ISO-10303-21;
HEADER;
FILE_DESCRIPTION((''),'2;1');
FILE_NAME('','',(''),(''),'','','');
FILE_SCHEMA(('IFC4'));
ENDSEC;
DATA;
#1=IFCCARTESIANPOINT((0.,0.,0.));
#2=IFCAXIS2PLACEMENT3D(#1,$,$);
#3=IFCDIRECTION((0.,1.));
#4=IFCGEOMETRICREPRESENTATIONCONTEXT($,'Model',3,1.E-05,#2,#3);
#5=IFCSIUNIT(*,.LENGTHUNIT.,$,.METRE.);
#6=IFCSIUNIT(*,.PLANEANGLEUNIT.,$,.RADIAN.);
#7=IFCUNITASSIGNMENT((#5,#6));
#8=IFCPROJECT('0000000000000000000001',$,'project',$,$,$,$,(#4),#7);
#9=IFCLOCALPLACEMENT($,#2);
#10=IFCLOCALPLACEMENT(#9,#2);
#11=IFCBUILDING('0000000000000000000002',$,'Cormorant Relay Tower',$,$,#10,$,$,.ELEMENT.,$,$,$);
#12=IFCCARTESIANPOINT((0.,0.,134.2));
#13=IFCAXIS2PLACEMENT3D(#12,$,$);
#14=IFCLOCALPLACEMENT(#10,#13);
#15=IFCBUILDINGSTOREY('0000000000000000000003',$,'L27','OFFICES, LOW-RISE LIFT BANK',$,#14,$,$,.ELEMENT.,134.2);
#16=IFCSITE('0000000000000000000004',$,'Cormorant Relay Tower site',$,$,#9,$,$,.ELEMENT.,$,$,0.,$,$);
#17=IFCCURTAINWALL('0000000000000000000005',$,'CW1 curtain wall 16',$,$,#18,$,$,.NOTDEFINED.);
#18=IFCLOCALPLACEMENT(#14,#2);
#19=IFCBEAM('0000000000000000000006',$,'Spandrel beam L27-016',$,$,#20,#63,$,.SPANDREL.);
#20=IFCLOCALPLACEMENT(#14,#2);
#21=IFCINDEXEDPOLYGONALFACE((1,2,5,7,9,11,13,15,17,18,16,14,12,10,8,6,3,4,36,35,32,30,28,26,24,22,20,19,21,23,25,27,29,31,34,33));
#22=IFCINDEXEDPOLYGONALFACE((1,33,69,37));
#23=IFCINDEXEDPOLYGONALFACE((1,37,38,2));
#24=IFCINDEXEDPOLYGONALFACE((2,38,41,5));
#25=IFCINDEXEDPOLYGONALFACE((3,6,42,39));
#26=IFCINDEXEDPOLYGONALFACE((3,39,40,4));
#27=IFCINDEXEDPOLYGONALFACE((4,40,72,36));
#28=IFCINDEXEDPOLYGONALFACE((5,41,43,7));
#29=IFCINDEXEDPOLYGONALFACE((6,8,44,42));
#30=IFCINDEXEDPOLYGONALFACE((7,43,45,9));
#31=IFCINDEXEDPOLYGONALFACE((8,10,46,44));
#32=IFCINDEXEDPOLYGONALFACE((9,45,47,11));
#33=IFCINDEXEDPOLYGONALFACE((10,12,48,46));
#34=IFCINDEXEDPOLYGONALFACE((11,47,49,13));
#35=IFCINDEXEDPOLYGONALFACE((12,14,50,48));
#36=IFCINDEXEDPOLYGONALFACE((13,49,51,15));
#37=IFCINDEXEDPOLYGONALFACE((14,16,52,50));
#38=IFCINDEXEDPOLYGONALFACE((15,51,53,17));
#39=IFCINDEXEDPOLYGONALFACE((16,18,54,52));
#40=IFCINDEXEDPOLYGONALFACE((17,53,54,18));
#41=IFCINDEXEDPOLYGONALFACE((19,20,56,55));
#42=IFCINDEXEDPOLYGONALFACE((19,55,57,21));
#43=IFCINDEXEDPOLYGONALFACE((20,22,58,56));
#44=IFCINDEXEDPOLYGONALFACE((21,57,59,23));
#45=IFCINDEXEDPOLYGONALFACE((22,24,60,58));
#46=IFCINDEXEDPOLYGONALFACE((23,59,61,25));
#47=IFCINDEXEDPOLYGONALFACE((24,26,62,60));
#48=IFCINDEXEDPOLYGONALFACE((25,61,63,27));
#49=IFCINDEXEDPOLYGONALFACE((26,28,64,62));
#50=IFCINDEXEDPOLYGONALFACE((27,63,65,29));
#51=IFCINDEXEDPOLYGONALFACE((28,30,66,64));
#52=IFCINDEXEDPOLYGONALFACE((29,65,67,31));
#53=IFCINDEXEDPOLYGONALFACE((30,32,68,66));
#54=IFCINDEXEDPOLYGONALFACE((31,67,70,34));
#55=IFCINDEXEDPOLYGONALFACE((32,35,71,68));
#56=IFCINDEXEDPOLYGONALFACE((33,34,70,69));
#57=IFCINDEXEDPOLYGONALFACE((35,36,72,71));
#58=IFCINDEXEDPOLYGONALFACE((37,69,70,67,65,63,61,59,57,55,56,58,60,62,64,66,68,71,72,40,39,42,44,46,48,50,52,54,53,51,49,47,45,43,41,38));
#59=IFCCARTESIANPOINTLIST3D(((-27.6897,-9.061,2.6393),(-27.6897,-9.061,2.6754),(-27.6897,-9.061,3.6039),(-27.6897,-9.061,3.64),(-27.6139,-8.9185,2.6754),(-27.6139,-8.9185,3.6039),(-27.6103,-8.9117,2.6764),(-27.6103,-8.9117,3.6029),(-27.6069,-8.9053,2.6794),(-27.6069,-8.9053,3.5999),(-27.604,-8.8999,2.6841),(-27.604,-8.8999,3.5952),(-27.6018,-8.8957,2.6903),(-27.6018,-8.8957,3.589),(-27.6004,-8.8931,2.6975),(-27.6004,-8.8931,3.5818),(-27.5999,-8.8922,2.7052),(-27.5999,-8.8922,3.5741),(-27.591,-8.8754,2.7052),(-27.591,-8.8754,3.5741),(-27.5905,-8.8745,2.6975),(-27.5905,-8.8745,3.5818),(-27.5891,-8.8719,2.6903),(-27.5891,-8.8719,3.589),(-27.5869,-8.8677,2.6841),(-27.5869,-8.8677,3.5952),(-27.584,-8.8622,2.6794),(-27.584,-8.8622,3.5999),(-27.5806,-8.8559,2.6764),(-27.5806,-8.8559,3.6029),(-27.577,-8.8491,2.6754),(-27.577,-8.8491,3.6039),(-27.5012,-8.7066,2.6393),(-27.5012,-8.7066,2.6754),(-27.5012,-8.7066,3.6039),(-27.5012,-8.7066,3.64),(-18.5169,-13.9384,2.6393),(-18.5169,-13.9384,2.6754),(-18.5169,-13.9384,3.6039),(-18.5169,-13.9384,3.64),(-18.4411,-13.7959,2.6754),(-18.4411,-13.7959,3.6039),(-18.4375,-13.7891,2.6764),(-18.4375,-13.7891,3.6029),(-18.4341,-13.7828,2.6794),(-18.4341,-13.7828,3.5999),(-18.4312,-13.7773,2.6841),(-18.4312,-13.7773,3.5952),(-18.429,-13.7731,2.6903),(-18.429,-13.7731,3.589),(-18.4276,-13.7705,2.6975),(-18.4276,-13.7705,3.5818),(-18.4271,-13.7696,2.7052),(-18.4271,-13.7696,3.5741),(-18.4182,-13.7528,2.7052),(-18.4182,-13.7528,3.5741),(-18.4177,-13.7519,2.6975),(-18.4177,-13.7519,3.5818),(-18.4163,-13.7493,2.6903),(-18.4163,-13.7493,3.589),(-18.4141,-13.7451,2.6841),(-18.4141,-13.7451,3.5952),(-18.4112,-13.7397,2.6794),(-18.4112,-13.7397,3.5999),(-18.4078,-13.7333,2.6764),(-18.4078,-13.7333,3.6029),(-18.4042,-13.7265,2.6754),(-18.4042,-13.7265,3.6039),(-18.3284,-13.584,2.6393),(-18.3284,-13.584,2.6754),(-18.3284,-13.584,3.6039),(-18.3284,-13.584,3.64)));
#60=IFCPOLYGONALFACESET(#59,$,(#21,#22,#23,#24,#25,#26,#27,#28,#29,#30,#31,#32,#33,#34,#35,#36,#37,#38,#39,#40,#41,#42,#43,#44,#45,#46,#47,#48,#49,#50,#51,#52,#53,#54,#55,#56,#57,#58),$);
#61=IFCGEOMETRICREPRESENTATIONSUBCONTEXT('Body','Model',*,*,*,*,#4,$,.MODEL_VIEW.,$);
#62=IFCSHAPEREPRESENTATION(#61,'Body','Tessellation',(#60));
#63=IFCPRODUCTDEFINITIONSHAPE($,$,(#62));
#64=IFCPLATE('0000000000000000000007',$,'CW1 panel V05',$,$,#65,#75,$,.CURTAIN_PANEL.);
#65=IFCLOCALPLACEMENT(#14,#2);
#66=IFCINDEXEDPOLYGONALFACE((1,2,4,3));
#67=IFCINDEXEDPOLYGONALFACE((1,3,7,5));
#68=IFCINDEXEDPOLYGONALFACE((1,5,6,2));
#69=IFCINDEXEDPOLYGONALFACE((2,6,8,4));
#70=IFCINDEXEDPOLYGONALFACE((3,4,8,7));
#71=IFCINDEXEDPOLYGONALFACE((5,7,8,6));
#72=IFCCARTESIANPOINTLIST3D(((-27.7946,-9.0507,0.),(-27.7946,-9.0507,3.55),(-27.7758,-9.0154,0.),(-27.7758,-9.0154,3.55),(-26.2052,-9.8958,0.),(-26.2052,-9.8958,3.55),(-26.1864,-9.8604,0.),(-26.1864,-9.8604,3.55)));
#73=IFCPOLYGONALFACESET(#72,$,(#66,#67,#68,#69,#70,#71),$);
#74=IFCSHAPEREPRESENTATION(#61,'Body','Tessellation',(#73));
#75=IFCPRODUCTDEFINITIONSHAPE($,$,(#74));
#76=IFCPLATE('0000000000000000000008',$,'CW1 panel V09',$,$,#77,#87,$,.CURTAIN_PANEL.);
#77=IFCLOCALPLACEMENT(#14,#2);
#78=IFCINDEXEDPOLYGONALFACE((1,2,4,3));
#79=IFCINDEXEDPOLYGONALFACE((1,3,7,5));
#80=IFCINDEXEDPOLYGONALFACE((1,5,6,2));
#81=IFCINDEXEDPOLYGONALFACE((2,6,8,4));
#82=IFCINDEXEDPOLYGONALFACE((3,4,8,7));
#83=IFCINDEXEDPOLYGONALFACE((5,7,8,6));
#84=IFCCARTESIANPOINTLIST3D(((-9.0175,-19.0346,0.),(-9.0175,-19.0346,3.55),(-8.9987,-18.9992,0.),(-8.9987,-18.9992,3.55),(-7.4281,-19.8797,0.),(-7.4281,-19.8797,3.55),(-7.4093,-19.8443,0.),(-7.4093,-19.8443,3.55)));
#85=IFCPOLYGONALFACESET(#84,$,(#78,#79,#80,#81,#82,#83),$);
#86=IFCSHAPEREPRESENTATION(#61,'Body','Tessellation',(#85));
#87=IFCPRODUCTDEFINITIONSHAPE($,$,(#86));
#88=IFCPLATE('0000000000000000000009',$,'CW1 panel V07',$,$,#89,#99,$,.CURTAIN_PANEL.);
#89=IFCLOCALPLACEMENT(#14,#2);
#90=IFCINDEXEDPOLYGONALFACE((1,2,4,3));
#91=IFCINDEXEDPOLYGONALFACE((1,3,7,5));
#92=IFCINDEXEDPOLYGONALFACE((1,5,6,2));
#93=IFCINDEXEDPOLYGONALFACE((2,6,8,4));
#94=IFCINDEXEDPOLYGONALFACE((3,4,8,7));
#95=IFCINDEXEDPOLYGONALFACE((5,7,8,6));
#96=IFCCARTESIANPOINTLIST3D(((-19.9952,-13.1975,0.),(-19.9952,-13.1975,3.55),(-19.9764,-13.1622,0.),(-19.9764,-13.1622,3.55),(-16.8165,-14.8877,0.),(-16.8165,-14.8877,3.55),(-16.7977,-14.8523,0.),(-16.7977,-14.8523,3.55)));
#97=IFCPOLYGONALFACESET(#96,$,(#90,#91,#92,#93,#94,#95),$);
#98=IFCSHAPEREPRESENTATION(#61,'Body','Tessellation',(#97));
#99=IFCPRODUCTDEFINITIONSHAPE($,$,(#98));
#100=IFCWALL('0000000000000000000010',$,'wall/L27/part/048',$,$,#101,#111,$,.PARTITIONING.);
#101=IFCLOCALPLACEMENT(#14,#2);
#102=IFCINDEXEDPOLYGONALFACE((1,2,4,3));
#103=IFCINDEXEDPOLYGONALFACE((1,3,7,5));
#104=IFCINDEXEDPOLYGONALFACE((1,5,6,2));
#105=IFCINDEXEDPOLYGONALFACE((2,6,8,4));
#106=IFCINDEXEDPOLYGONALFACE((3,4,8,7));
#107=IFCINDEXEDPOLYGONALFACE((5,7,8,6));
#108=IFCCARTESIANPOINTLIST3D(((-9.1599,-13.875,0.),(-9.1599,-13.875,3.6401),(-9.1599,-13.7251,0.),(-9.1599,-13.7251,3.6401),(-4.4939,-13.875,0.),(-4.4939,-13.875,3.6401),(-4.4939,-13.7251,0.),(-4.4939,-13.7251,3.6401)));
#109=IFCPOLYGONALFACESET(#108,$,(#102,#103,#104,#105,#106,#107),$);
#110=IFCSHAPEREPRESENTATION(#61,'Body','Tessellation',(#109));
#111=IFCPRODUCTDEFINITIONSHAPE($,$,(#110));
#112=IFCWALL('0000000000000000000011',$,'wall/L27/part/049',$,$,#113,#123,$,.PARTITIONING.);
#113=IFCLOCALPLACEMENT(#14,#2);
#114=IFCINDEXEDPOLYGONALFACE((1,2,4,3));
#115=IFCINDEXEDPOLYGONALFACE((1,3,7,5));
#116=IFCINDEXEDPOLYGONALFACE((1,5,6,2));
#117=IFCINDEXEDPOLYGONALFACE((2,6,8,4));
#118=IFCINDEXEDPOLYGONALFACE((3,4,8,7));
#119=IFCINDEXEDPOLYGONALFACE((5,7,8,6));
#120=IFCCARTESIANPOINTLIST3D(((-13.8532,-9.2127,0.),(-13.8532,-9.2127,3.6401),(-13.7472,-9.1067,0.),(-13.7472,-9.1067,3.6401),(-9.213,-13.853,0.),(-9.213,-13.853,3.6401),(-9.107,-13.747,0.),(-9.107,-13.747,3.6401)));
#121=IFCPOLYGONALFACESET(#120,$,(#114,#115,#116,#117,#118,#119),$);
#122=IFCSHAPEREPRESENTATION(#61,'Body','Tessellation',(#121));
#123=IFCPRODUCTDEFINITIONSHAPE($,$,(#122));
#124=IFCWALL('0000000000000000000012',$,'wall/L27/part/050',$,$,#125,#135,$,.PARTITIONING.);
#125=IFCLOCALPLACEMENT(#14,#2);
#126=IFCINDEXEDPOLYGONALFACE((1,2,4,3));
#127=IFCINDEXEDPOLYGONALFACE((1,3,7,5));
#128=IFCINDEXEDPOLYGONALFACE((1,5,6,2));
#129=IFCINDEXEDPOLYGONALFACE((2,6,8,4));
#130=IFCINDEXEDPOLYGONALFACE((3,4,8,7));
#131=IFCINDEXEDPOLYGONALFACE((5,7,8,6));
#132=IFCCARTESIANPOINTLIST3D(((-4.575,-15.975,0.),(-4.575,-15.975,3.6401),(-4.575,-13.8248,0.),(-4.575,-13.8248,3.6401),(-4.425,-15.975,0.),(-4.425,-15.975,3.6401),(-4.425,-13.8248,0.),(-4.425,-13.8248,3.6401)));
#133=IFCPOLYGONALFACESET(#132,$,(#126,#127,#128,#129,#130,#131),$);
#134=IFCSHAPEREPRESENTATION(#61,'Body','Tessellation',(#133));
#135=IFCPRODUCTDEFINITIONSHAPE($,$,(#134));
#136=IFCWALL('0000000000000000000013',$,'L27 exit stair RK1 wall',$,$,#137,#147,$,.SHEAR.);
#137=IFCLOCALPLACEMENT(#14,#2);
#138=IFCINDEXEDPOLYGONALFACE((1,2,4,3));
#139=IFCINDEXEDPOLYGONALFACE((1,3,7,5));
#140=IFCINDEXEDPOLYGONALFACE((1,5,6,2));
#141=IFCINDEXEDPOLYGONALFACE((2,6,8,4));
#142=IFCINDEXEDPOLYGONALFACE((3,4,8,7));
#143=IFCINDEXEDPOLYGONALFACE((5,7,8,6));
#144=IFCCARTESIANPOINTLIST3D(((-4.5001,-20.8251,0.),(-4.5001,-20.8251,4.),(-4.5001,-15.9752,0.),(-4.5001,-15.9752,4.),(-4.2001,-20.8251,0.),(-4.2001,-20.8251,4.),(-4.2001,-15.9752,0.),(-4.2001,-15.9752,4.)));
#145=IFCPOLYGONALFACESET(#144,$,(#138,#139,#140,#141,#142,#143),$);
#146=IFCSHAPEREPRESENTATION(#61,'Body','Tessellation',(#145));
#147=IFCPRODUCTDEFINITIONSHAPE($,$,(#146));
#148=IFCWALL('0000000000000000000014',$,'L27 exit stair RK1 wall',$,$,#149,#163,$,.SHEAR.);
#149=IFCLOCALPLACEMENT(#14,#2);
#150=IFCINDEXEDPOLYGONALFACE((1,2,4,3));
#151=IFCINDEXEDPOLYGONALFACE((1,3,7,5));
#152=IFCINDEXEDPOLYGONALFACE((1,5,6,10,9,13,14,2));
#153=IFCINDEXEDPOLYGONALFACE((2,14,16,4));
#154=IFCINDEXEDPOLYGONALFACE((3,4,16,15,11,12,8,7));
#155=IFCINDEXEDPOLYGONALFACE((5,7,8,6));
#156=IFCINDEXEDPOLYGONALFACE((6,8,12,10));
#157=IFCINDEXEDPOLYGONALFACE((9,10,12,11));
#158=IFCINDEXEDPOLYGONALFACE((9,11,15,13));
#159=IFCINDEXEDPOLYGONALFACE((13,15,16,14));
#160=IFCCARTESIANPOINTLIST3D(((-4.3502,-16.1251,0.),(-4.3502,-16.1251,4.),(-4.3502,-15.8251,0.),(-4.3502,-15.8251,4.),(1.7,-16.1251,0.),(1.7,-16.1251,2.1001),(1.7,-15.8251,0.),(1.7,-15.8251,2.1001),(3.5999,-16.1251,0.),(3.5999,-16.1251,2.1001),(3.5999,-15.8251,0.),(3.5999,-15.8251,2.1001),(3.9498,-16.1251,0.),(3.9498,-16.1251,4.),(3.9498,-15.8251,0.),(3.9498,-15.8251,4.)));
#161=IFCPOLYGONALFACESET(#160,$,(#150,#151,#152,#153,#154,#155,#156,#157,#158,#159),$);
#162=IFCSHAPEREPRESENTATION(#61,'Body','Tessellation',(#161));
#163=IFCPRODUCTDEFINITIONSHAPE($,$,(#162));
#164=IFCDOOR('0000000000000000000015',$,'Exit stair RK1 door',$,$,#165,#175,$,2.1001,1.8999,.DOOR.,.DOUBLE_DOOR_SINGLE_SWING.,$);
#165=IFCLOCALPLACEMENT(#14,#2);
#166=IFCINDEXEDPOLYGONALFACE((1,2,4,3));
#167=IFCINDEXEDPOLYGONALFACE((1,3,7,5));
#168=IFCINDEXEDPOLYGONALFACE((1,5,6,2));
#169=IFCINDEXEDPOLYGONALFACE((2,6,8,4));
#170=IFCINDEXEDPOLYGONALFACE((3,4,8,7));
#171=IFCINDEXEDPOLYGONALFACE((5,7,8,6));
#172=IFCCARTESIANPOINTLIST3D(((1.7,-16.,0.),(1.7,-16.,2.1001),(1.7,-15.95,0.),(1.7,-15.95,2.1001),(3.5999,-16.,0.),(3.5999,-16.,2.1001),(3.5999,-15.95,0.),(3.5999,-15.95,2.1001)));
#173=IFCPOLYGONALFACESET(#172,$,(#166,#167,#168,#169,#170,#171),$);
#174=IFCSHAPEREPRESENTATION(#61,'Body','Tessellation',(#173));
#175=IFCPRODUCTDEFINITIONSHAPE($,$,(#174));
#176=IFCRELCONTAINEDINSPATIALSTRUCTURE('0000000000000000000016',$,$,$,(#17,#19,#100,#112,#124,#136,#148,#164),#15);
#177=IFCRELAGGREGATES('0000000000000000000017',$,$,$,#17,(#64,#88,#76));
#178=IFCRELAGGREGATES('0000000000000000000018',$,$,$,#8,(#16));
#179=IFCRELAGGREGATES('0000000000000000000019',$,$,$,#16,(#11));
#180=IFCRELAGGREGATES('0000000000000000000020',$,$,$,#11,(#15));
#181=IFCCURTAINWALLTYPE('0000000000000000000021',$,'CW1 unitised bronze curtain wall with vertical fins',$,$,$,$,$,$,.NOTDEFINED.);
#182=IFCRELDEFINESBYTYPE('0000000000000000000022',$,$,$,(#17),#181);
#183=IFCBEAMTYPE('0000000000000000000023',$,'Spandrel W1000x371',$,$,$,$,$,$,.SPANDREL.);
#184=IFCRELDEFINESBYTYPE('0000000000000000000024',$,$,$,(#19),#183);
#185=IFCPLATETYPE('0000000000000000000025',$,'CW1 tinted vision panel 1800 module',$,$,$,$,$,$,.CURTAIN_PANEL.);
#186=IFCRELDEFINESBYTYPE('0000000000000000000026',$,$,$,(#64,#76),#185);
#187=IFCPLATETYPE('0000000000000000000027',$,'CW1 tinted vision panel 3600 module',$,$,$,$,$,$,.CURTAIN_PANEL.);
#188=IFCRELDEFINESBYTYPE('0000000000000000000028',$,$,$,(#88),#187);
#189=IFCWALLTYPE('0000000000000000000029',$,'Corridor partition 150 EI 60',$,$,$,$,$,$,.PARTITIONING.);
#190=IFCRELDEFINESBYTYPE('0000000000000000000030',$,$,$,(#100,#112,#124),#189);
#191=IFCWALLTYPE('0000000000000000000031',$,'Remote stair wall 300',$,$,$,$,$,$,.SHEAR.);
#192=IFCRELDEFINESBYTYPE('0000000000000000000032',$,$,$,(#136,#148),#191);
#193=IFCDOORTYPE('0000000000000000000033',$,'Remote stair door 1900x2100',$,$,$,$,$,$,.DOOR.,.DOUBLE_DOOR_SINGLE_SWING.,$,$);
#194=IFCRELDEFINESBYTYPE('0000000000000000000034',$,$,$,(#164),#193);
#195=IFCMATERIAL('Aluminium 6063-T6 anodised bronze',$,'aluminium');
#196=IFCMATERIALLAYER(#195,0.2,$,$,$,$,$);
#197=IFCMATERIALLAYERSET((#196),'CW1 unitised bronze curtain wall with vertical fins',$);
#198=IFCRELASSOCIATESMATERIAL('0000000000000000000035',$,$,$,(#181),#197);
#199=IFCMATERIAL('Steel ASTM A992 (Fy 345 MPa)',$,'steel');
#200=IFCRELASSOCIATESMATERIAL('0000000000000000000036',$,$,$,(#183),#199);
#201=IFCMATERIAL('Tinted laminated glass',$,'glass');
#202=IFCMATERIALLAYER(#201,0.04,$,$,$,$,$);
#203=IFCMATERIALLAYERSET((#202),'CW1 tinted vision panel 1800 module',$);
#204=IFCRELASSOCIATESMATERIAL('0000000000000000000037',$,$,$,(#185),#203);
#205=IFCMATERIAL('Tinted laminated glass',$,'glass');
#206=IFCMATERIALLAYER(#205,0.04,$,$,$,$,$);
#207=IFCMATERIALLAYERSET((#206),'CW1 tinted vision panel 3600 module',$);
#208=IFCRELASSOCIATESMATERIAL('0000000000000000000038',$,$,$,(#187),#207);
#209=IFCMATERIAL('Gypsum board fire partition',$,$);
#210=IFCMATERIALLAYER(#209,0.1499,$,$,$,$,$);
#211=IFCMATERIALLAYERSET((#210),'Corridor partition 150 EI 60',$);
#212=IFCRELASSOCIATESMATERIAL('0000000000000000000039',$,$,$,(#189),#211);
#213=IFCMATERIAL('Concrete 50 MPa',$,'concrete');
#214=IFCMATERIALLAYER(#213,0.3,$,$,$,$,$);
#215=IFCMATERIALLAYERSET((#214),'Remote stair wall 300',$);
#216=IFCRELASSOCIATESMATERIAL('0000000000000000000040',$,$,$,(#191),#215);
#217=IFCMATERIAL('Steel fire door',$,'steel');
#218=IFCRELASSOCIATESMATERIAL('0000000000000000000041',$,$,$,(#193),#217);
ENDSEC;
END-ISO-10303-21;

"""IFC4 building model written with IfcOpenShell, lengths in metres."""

from ifc_helpers import new_model, si_unit, direction, frame, frame_2d, origin, origin_2d, place, context, subcontext, project, spatial, rectangle, i_section, extrude, material, layer, layer_set, material_profile, profile_set, type_object, element, fill, aggregate, save


model = new_model("IFC4")

# Units and contexts
model_context = context("Model", 3, precision=1e-05, world=origin(), true_north=direction((0.0, 1.0)))
body_context = subcontext(model_context, "Body", "Model", "MODEL_VIEW")
ifc_project = project(units=[si_unit("LENGTHUNIT", "METRE"), si_unit("PLANEANGLEUNIT", "RADIAN")], contexts=[model_context])

# Site, building, storey
site_placement = place(None, origin())
site = spatial("IfcSite", under=ifc_project, at=site_placement, Name="Cormorant Relay Tower site", CompositionType="ELEMENT", RefElevation=0.0)
building_placement = place(site_placement, origin())
building = spatial("IfcBuilding", under=site, at=building_placement, Name="Cormorant Relay Tower", CompositionType="ELEMENT")
storey_placement = place(building_placement, frame((0.0, 0.0, 134.2)))
storey = spatial("IfcBuildingStorey", under=building, at=storey_placement, Name="L27", Description="OFFICES, LOW-RISE LIFT BANK", CompositionType="ELEMENT", Elevation=134.2)

# Shared definitions
ifc_material_1 = material(Name="Aluminium 6063-T6 anodised bronze", Category="aluminium")
ifc_layer_1 = layer(ifc_material_1, 0.2)
ifc_layer_set_1 = layer_set([ifc_layer_1], Name="CW1 unitised bronze curtain wall with vertical fins")
curtain_wall_type = type_object("IfcCurtainWallType", Name="CW1 unitised bronze curtain wall with vertical fins", PredefinedType="NOTDEFINED", material=ifc_layer_set_1)

# Curtain wall
curtain_wall_1_placement = place(storey_placement, origin())
curtain_wall_1 = element("IfcCurtainWall", 1, at=curtain_wall_1_placement, inside=storey, type_object=curtain_wall_type, Name="CW1 curtain wall 16", PredefinedType="NOTDEFINED")

# Beam
ifc_material_2 = material(Name="Steel ASTM A992 (Fy 345 MPa)", Category="steel")
ifc_material_profile_1 = material_profile(ifc_material_2, i_section(OverallWidth=0.4014, OverallDepth=1.0007, WebThickness=0.019, FlangeThickness=0.0361, FilletRadius=0.0298, at=origin_2d()), Name="W1000x371")
ifc_profile_set_1 = profile_set([ifc_material_profile_1], Name="Steel ASTM A992 (Fy 345 MPa)")
beam_type = type_object("IfcBeamType", Name="Spandrel W1000x371", PredefinedType="SPANDREL", material=ifc_profile_set_1)
beam_1_placement = place(storey_placement, frame((-27.5955, -8.8838, 3.1396), z_axis=(0.882942, -0.469483, 0.0), x_axis=(0.469483, 0.882942, 0.0)))
element("IfcBeam", 2, at=beam_1_placement, inside=storey, type_object=beam_type, Name="Spandrel beam L27-016", PredefinedType="SPANDREL", context=body_context, shape_type="SweptSolid", body=[
    extrude(i_section(OverallWidth=0.4014, OverallDepth=1.0007, WebThickness=0.019, FlangeThickness=0.0361, FilletRadius=0.0298, at=origin_2d()), origin(), (0.0, 0.0, 1.0), 10.3889),
])

# Plates
ifc_material_3 = material(Name="Tinted laminated glass", Category="glass")
ifc_layer_2 = layer(ifc_material_3, 0.04)
ifc_layer_set_2 = layer_set([ifc_layer_2], Name="CW1 tinted vision panel 1800 module")
plate_type_1 = type_object("IfcPlateType", Name="CW1 tinted vision panel 1800 module", PredefinedType="CURTAIN_PANEL", material=ifc_layer_set_2)
plate_1_placement = place(storey_placement, frame((-26.9905, -9.4556, 0.0), z_axis=(0.0, 0.0, 1.0), x_axis=(0.882948, -0.469472, 0.0)))
plate_1 = element("IfcPlate", 3, at=plate_1_placement, type_object=plate_type_1, Name="CW1 panel V05", PredefinedType="CURTAIN_PANEL", context=body_context, shape_type="SweptSolid", body=[
    extrude(rectangle(XDim=1.8, YDim=0.04, at=origin_2d()), origin(), (0.0, 0.0, 1.0), 3.55),
])
plate_2_placement = place(storey_placement, frame((-8.2134, -19.4395, 0.0), z_axis=(0.0, 0.0, 1.0), x_axis=(0.882948, -0.469472, 0.0)))
plate_2 = element("IfcPlate", 4, at=plate_2_placement, type_object=plate_type_1, Name="CW1 panel V09", PredefinedType="CURTAIN_PANEL", context=body_context, shape_type="SweptSolid", body=[
    extrude(rectangle(XDim=1.8, YDim=0.04, at=origin_2d()), origin(), (0.0, 0.0, 1.0), 3.55),
])
ifc_material_4 = material(Name="Tinted laminated glass", Category="glass")
ifc_layer_3 = layer(ifc_material_4, 0.04)
ifc_layer_set_3 = layer_set([ifc_layer_3], Name="CW1 tinted vision panel 3600 module")
plate_type_2 = type_object("IfcPlateType", Name="CW1 tinted vision panel 3600 module", PredefinedType="CURTAIN_PANEL", material=ifc_layer_set_3)
plate_3_placement = place(storey_placement, frame((-18.3965, -14.0249, 0.0), z_axis=(0.0, 0.0, 1.0), x_axis=(0.882948, -0.469472, 0.0)))
plate_3 = element("IfcPlate", 5, at=plate_3_placement, type_object=plate_type_2, Name="CW1 panel V07", PredefinedType="CURTAIN_PANEL", context=body_context, shape_type="SweptSolid", body=[
    extrude(rectangle(XDim=3.6001, YDim=0.04, at=origin_2d()), origin(), (0.0, 0.0, 1.0), 3.55),
])

# Walls
ifc_material_5 = material(Name="Gypsum board fire partition")
ifc_layer_4 = layer(ifc_material_5, 0.1499)
ifc_layer_set_4 = layer_set([ifc_layer_4], Name="Corridor partition 150 EI 60")
wall_type_1 = type_object("IfcWallType", Name="Corridor partition 150 EI 60", PredefinedType="PARTITIONING", material=ifc_layer_set_4)
wall_1_placement = place(storey_placement, frame((-4.4939, -13.8, 0.0), z_axis=(0.0, 0.0, 1.0), x_axis=(-1.0, 0.0, 0.0)))
element("IfcWall", 6, at=wall_1_placement, inside=storey, type_object=wall_type_1, Name="wall/L27/part/048", PredefinedType="PARTITIONING", context=body_context, shape_type="SweptSolid", body=[
    extrude(rectangle(XDim=4.666, YDim=0.1499, at=frame_2d((2.333, 0.0))), origin(), (0.0, 0.0, 1.0), 3.6401),
])
wall_2_placement = place(storey_placement, frame((-9.1599, -13.8, 0.0), z_axis=(0.0, 0.0, 1.0), x_axis=(-0.707107, 0.707107, 0.0)))
element("IfcWall", 7, at=wall_2_placement, inside=storey, type_object=wall_type_1, Name="wall/L27/part/049", PredefinedType="PARTITIONING", context=body_context, shape_type="SweptSolid", body=[
    extrude(rectangle(XDim=6.5623, YDim=0.1499, at=frame_2d((3.2812, 0.0))), origin(), (0.0, 0.0, 1.0), 3.6401),
])
wall_3_placement = place(storey_placement, frame((-4.5, -15.9751, 0.0), z_axis=(0.0, 0.0, 1.0), x_axis=(0.0, 1.0, 0.0)))
element("IfcWall", 8, at=wall_3_placement, inside=storey, type_object=wall_type_1, Name="wall/L27/part/050", PredefinedType="PARTITIONING", context=body_context, shape_type="SweptSolid", body=[
    extrude(rectangle(XDim=2.1501, YDim=0.1499, at=frame_2d((1.0752, 0.0))), origin(), (0.0, 0.0, 1.0), 3.6401),
])
ifc_material_6 = material(Name="Concrete 50 MPa", Category="concrete")
ifc_layer_5 = layer(ifc_material_6, 0.3)
ifc_layer_set_5 = layer_set([ifc_layer_5], Name="Remote stair wall 300")
wall_type_2 = type_object("IfcWallType", Name="Remote stair wall 300", PredefinedType="SHEAR", material=ifc_layer_set_5)
wall_4_placement = place(storey_placement, frame((-4.3501, -20.825, 0.0), z_axis=(0.0, 0.0, 1.0), x_axis=(0.0, 1.0, 0.0)))
element("IfcWall", 9, at=wall_4_placement, inside=storey, type_object=wall_type_2, Name="L27 exit stair RK1 wall", PredefinedType="SHEAR", context=body_context, shape_type="SweptSolid", body=[
    extrude(rectangle(XDim=4.8499, YDim=0.3, at=frame_2d((2.4248, 0.0))), origin(), (0.0, 0.0, 1.0), 4.0),
])

# Wall, opening, door
wall_5_placement = place(storey_placement, frame((-4.3501, -15.9751, 0.0), z_axis=(0.0, 0.0, 1.0), x_axis=(1.0, 0.0, 0.0)))
wall_5 = element("IfcWall", 10, at=wall_5_placement, inside=storey, type_object=wall_type_2, Name="L27 exit stair RK1 wall", PredefinedType="SHEAR", context=body_context, shape_type="SweptSolid", body=[
    extrude(rectangle(XDim=8.3, YDim=0.3, at=frame_2d((4.1499, 0.0))), origin(), (0.0, 0.0, 1.0), 4.0),
])
opening_placement = place(wall_5_placement, frame((6.05, 0.0, 0.0)))
opening = element("IfcOpeningElement", 11, at=opening_placement, cuts=wall_5, PredefinedType="OPENING", context=body_context, shape_type="SweptSolid", body=[
    extrude(rectangle(XDim=1.8999, YDim=2.1001, at=frame_2d((0.95, 1.05))), frame((0.0, 0.1599, 0.0), z_axis=(0.0, -1.0, 0.0), x_axis=(1.0, 0.0, 0.0)), (0.0, 0.0, 1.0), 0.3201),
])
ifc_material_7 = material(Name="Steel fire door", Category="steel")
door_type = type_object("IfcDoorType", Name="Remote stair door 1900x2100", OperationType="DOUBLE_DOOR_SINGLE_SWING", PredefinedType="DOOR", material=ifc_material_7)
door_placement = place(opening_placement, frame((1.8999, 0.0, 0.0), z_axis=(0.0, 0.0, 1.0), x_axis=(-1.0, 0.0, 0.0)))
door = element("IfcDoor", 12, at=door_placement, inside=storey, type_object=door_type, Name="Exit stair RK1 door", OperationType="DOUBLE_DOOR_SINGLE_SWING", OverallHeight=2.1001, OverallWidth=1.8999, PredefinedType="DOOR", context=body_context, shape_type="SweptSolid", body=[
    extrude(rectangle(XDim=1.8999, YDim=2.1001, at=frame_2d((0.95, 1.05))), frame((0.0, 0.0249, 0.0), z_axis=(0.0, -1.0, 0.0), x_axis=(1.0, 0.0, 0.0)), (0.0, 0.0, 1.0), 0.05),
])
fill(opening, door)

aggregate(curtain_wall_1, [plate_1, plate_3, plate_2])

save(model, "model.ifc")
